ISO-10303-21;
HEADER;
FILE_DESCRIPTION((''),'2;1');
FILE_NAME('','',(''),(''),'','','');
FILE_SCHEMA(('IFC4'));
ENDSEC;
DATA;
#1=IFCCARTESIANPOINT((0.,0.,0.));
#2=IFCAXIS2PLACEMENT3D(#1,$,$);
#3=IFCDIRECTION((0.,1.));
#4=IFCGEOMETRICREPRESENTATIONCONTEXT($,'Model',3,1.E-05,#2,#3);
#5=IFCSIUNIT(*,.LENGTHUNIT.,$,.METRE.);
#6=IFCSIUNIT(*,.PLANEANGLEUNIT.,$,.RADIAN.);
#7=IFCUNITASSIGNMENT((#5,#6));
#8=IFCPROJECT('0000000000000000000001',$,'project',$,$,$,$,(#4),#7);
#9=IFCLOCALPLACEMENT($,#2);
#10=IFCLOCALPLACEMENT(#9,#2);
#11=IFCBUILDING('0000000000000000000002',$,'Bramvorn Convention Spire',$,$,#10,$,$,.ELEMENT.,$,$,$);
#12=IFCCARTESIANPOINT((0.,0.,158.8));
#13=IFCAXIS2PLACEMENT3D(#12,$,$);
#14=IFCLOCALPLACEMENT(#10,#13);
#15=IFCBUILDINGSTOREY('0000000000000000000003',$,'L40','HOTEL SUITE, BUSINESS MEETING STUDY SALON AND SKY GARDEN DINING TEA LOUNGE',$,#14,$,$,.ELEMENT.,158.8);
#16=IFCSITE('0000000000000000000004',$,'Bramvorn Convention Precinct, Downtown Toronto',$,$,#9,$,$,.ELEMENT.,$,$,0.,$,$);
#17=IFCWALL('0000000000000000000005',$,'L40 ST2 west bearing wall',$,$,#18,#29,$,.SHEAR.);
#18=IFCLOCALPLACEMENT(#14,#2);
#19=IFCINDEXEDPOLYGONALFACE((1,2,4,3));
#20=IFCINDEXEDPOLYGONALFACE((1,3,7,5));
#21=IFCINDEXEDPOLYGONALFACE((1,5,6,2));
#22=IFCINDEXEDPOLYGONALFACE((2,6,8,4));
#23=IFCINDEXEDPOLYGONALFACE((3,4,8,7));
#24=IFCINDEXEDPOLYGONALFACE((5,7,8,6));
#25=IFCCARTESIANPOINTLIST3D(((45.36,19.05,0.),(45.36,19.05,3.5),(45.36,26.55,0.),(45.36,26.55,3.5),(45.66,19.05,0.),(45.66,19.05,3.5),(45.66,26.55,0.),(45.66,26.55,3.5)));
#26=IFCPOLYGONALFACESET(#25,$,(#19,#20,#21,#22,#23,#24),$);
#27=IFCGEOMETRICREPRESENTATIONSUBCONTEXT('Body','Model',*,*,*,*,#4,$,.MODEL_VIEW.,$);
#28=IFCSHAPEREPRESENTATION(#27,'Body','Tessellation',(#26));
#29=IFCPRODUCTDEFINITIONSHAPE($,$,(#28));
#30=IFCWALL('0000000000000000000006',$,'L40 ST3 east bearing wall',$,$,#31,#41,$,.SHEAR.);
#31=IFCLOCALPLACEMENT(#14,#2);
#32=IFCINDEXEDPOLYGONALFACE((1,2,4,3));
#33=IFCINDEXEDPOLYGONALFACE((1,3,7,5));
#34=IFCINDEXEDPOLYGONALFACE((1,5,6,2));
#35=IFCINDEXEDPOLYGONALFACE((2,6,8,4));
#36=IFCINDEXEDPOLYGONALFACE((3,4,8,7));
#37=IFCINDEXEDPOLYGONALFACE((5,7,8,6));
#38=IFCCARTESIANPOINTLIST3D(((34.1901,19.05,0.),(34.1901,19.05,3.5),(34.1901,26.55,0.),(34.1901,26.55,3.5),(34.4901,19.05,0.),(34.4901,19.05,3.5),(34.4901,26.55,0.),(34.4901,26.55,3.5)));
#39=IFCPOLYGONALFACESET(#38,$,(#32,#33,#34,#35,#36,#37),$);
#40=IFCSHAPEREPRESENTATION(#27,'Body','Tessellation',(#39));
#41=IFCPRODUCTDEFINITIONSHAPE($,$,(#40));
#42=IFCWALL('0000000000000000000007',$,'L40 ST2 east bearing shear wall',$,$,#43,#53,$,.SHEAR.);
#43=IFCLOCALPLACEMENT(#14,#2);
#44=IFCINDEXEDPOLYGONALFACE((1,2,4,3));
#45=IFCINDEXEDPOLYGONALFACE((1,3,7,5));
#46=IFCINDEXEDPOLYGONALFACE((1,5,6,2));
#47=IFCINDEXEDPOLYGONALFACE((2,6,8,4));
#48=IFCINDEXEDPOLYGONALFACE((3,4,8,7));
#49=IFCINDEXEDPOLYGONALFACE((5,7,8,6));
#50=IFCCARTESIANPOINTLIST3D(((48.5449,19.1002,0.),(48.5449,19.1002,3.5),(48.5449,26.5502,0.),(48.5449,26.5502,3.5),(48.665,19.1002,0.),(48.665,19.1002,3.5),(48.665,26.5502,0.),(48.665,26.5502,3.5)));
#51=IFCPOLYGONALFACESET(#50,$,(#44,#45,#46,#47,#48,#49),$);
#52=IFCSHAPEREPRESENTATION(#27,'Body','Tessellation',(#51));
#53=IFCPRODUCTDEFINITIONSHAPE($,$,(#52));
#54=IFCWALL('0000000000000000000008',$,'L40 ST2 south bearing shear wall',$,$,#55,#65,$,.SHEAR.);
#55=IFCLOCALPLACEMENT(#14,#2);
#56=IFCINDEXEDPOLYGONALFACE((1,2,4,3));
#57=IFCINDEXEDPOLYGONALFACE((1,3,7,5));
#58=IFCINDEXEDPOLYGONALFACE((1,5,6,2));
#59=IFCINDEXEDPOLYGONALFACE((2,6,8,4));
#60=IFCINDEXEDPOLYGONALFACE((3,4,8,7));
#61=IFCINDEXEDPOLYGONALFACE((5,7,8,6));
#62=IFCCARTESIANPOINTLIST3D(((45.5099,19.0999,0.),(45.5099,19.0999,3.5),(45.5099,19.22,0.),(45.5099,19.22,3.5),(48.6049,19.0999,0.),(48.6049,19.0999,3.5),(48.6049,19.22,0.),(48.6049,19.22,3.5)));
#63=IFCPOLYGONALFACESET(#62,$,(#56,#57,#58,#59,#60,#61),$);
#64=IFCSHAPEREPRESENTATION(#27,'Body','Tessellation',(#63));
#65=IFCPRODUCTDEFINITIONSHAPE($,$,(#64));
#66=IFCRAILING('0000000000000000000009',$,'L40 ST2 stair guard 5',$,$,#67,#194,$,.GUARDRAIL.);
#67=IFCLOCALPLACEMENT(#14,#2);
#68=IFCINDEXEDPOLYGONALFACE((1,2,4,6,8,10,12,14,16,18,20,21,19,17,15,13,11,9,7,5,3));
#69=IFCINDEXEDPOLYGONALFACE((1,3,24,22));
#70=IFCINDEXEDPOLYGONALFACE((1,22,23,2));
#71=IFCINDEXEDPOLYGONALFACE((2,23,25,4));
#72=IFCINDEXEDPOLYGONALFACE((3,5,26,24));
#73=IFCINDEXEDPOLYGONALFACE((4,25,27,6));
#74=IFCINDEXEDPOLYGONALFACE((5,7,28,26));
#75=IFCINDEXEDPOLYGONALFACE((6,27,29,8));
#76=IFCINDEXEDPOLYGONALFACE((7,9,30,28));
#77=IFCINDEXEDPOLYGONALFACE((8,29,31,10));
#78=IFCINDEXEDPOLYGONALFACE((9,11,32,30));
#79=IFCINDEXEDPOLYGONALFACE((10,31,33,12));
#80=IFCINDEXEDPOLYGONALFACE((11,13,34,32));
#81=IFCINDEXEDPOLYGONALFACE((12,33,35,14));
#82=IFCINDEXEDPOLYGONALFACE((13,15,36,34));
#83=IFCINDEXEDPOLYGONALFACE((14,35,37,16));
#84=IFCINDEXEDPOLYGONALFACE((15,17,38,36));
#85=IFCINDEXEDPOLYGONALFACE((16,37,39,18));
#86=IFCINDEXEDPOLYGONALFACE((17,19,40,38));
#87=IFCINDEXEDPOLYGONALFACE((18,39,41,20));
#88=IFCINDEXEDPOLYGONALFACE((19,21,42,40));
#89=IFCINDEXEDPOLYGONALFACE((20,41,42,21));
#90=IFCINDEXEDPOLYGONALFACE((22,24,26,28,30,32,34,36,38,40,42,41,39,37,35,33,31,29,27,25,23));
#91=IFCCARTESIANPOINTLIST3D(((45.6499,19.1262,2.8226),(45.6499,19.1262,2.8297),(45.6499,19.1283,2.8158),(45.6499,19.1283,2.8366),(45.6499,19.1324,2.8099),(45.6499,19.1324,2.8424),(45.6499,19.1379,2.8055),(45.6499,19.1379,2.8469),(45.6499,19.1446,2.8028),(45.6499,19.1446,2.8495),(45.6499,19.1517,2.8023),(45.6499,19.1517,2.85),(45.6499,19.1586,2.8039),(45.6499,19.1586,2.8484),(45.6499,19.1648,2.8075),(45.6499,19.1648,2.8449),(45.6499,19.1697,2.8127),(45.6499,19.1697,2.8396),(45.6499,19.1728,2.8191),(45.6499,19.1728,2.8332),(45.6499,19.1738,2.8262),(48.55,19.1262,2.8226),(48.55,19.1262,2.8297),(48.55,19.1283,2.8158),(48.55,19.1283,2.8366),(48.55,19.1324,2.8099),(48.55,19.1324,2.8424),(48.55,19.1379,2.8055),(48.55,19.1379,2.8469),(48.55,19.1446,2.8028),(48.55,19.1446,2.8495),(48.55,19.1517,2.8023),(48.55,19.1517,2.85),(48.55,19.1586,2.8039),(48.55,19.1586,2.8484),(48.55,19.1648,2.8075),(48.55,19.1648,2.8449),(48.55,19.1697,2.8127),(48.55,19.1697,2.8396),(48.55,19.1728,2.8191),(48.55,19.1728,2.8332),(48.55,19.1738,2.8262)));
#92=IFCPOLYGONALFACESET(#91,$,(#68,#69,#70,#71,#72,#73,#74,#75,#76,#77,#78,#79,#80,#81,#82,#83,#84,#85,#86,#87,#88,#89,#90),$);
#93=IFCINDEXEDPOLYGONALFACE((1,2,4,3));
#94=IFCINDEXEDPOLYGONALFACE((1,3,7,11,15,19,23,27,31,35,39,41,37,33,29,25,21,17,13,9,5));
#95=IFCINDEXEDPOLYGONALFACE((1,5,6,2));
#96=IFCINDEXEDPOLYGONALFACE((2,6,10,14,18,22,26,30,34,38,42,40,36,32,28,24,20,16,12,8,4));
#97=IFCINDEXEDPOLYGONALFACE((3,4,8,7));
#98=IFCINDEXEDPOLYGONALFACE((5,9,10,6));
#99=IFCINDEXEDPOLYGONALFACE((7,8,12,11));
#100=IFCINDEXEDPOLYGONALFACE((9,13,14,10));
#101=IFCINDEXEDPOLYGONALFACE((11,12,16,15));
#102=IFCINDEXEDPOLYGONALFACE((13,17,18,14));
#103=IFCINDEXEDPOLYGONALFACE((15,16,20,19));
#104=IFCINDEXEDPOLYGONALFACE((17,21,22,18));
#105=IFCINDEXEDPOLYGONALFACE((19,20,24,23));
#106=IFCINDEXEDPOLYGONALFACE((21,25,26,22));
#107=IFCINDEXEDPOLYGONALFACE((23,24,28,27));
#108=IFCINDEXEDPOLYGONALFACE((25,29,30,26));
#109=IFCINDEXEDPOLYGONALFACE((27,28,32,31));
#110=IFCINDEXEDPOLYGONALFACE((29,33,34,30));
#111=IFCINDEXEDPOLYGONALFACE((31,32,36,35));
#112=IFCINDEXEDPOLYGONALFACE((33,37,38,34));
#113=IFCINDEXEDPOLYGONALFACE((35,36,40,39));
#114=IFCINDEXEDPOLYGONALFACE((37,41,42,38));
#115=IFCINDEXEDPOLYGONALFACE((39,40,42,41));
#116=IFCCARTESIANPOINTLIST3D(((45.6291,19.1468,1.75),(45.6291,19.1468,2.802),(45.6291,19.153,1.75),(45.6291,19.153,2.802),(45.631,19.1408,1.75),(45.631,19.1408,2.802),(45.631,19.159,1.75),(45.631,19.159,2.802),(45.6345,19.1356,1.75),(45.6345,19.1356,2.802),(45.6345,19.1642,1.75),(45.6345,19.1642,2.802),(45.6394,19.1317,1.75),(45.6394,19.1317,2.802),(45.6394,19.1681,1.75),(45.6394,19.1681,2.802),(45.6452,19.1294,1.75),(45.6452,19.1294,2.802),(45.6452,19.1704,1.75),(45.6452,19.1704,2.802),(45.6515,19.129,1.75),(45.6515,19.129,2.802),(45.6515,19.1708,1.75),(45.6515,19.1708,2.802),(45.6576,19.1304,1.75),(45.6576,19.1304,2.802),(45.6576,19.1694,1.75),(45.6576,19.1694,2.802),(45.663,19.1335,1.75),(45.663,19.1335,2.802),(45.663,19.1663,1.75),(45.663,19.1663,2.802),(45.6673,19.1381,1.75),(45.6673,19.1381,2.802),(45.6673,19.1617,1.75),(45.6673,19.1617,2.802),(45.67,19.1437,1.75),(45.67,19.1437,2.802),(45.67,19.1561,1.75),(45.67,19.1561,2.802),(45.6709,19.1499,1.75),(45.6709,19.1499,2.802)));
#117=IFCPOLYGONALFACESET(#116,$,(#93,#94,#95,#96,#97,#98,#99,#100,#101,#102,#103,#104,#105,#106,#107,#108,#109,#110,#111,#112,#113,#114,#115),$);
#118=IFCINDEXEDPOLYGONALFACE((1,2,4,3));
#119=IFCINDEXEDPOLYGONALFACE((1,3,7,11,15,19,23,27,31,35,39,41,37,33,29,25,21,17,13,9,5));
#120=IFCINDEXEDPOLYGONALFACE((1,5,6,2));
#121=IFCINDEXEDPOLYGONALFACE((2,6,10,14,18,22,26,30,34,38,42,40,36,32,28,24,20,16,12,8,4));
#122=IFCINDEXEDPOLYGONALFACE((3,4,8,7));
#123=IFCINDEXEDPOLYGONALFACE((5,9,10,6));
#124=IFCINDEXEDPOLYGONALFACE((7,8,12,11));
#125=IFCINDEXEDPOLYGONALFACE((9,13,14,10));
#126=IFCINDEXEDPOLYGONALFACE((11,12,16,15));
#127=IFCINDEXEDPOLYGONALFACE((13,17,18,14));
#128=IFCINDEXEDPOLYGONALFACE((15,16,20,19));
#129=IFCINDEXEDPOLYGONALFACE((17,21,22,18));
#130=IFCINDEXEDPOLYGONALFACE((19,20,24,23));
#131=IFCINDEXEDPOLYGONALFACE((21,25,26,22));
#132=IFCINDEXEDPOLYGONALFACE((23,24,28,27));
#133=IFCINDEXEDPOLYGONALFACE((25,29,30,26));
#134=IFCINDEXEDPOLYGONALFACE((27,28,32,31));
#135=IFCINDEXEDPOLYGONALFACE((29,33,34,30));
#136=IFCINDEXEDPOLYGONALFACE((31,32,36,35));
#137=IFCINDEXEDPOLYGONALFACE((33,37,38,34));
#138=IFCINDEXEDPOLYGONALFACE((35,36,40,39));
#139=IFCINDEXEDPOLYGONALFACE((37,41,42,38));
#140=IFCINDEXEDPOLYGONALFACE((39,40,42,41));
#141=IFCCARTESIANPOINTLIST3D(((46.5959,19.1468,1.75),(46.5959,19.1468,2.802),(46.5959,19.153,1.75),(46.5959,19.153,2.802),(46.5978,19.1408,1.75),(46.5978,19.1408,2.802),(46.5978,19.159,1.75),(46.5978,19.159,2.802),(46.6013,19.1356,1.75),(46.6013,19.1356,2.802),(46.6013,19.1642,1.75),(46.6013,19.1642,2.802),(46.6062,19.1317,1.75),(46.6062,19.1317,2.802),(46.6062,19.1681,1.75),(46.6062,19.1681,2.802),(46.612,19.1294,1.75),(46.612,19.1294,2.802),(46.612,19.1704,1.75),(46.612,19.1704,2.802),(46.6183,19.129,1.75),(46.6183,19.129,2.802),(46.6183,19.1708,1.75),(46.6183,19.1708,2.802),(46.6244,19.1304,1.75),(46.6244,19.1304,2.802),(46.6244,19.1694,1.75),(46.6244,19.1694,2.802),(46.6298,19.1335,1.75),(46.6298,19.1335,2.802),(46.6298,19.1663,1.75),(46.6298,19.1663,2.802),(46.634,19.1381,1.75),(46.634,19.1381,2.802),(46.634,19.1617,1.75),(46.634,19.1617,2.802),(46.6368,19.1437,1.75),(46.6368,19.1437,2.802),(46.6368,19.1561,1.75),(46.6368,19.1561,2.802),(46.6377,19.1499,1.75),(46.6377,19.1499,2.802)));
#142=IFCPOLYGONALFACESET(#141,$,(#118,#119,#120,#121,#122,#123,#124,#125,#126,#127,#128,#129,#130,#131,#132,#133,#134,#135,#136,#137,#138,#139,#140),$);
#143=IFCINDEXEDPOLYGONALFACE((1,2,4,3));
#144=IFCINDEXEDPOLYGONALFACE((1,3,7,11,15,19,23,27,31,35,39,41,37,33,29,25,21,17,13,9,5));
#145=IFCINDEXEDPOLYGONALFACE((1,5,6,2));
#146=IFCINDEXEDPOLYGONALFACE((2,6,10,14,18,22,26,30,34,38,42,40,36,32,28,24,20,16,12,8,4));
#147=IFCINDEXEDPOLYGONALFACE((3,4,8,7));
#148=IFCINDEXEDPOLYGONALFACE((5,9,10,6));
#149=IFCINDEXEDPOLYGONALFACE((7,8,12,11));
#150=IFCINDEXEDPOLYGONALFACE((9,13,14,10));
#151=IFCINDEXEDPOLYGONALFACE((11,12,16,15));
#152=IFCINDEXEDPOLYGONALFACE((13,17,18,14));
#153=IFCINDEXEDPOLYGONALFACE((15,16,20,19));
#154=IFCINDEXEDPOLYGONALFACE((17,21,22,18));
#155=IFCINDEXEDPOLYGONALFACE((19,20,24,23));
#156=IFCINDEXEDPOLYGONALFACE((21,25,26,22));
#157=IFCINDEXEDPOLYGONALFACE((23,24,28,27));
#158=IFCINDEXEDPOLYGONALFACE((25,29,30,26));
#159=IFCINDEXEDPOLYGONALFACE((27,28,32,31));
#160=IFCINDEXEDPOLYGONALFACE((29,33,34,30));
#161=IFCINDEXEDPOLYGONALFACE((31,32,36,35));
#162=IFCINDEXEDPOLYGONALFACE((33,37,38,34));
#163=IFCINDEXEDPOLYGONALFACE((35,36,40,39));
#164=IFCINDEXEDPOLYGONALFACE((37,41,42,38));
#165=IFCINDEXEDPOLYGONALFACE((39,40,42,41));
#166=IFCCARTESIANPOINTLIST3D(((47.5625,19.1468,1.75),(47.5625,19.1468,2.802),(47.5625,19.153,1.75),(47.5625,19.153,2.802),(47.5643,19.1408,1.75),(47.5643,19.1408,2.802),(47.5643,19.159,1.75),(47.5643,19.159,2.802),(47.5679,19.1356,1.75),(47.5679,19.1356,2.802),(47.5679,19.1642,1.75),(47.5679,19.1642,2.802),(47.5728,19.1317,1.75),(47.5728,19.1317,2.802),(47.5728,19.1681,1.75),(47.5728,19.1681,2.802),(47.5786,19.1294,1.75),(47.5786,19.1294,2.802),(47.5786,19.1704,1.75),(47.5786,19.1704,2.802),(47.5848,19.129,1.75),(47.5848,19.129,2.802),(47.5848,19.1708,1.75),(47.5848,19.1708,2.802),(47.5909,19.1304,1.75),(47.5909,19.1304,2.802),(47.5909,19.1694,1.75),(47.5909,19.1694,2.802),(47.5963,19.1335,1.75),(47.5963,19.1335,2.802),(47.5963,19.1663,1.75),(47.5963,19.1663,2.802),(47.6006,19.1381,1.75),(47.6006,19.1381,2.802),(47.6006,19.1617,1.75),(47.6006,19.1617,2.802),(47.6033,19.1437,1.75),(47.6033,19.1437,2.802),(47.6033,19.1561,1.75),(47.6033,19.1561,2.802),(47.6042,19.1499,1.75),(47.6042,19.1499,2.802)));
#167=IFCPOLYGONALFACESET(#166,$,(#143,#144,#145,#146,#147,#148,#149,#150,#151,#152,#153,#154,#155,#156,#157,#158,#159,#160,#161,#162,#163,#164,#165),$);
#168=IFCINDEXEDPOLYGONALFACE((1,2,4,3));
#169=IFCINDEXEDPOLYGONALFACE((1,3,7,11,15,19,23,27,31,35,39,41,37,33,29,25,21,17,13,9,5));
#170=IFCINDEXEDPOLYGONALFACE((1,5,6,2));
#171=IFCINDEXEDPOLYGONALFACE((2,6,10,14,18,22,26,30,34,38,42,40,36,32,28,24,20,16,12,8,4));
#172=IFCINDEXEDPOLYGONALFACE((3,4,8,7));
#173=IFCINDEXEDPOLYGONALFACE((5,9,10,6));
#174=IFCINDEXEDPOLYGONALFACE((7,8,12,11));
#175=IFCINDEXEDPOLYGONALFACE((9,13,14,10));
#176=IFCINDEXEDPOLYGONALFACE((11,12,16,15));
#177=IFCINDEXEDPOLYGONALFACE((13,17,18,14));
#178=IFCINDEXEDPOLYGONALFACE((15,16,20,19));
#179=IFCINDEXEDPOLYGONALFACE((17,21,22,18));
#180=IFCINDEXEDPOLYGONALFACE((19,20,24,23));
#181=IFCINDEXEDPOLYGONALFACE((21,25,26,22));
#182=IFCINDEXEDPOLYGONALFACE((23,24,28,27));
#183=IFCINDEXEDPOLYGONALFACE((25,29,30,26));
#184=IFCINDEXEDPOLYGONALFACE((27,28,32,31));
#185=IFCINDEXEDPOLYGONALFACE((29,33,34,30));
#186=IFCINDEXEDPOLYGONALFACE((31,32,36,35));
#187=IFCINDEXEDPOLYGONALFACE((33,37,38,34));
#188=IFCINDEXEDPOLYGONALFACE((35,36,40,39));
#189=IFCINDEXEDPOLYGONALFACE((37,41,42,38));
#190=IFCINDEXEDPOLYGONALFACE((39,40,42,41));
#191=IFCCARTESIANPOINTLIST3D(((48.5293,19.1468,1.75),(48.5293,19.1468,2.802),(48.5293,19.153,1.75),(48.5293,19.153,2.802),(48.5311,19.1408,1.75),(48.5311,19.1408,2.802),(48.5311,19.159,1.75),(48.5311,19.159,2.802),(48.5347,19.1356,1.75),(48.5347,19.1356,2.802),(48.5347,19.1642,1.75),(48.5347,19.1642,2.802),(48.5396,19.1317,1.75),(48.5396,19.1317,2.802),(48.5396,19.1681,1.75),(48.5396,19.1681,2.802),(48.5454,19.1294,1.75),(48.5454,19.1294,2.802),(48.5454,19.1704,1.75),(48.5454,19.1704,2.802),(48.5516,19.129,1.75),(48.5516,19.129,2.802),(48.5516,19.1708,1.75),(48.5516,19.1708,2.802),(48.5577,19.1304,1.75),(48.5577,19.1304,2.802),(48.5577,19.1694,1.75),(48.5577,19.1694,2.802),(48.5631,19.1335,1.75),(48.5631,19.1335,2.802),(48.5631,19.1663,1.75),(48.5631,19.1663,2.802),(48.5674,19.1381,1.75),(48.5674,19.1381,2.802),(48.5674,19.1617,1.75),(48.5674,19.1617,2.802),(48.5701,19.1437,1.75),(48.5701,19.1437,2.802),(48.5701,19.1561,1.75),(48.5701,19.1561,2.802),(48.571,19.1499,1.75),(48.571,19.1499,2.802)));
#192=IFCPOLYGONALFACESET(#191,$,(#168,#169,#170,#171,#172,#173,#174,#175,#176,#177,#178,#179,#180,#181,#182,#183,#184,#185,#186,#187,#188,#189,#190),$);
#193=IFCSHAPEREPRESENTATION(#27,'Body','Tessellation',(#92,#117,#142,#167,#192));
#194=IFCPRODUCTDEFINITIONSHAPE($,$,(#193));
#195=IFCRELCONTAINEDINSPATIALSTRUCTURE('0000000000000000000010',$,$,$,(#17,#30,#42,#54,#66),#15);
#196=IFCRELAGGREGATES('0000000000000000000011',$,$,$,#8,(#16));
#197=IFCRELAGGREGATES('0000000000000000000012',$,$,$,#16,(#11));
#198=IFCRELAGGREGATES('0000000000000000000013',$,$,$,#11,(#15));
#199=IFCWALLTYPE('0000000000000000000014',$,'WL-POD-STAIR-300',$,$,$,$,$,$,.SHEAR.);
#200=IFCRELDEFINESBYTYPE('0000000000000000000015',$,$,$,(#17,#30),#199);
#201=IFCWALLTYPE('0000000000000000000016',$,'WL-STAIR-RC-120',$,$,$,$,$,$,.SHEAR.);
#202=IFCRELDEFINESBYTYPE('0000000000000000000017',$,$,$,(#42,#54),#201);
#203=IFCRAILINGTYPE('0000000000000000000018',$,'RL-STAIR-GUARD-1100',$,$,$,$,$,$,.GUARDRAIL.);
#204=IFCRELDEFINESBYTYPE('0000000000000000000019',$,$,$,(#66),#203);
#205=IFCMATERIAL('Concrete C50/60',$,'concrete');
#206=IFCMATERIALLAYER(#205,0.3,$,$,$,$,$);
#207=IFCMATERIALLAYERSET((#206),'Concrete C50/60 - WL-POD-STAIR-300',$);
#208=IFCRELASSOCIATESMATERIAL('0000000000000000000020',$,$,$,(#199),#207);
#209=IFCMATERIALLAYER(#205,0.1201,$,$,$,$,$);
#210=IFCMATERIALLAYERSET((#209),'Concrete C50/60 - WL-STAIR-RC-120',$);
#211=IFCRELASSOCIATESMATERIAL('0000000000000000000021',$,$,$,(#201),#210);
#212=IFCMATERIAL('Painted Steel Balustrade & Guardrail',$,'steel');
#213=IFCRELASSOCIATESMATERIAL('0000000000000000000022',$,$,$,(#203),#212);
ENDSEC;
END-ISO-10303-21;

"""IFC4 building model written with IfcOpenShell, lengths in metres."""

from ifc_helpers import new_model, si_unit, direction, frame, frame_2d, origin, origin_2d, place, context, subcontext, project, spatial, rectangle, circle, extrude, material, layer, layer_set, type_object, element, save


model = new_model("IFC4")

# Units and contexts
model_context = context("Model", 3, precision=1e-05, world=origin(), true_north=direction((0.0, 1.0)))
body_context = subcontext(model_context, "Body", "Model", "MODEL_VIEW")
ifc_project = project(units=[si_unit("LENGTHUNIT", "METRE"), si_unit("PLANEANGLEUNIT", "RADIAN")], contexts=[model_context])

# Site, building, storey
site_placement = place(None, origin())
site = spatial("IfcSite", under=ifc_project, at=site_placement, Name="Bramvorn Convention Precinct, Downtown Toronto", CompositionType="ELEMENT", RefElevation=0.0)
building_placement = place(site_placement, origin())
building = spatial("IfcBuilding", under=site, at=building_placement, Name="Bramvorn Convention Spire", CompositionType="ELEMENT")
storey_placement = place(building_placement, frame((0.0, 0.0, 158.8)))
storey = spatial("IfcBuildingStorey", under=building, at=storey_placement, Name="L40", Description="HOTEL SUITE, BUSINESS MEETING STUDY SALON AND SKY GARDEN DINING TEA LOUNGE", CompositionType="ELEMENT", Elevation=158.8)

# Shared definitions
ifc_material_1 = material(Name="Concrete C50/60", Category="concrete")

# Walls
ifc_layer_1 = layer(ifc_material_1, 0.3)
ifc_layer_set_1 = layer_set([ifc_layer_1], Name="Concrete C50/60 - WL-POD-STAIR-300")
wall_type_1 = type_object("IfcWallType", Name="WL-POD-STAIR-300", PredefinedType="SHEAR", material=ifc_layer_set_1)
for number, where, z_axis, x_axis, name in (
    (1, (45.51, 19.05, 0.0), (0.0, 0.0, 1.0), (0.0, 1.0, 0.0), "L40 ST2 west bearing wall"),
    (2, (34.3401, 19.05, 0.0), (0.0, 0.0, 1.0), (0.0, 1.0, 0.0), "L40 ST3 east bearing wall"),
):
    element("IfcWall", number, at=place(storey_placement, frame(where, z_axis=z_axis, x_axis=x_axis)), inside=storey, type_object=wall_type_1, Name=name, PredefinedType="SHEAR", context=body_context, shape_type="SweptSolid", body=[
        extrude(rectangle(XDim=7.5, YDim=0.3, at=frame_2d((3.75, 0.0))), origin(), (0.0, 0.0, 1.0), 3.5),
    ])
ifc_layer_2 = layer(ifc_material_1, 0.1201)
ifc_layer_set_2 = layer_set([ifc_layer_2], Name="Concrete C50/60 - WL-STAIR-RC-120")
wall_type_2 = type_object("IfcWallType", Name="WL-STAIR-RC-120", PredefinedType="SHEAR", material=ifc_layer_set_2)
wall_1_placement = place(storey_placement, frame((48.605, 19.1001, 0.0), z_axis=(0.0, 0.0, 1.0), x_axis=(0.0, 1.0, 0.0)))
element("IfcWall", 3, at=wall_1_placement, inside=storey, type_object=wall_type_2, Name="L40 ST2 east bearing shear wall", PredefinedType="SHEAR", context=body_context, shape_type="SweptSolid", body=[
    extrude(rectangle(XDim=7.45, YDim=0.1201, at=frame_2d((3.7251, 0.0))), origin(), (0.0, 0.0, 1.0), 3.5),
])
wall_2_placement = place(storey_placement, frame((45.51, 19.1599, 0.0), z_axis=(0.0, 0.0, 1.0), x_axis=(1.0, 0.0, 0.0)))
element("IfcWall", 4, at=wall_2_placement, inside=storey, type_object=wall_type_2, Name="L40 ST2 south bearing shear wall", PredefinedType="SHEAR", context=body_context, shape_type="SweptSolid", body=[
    extrude(rectangle(XDim=3.095, YDim=0.1201, at=frame_2d((1.5474, 0.0))), origin(), (0.0, 0.0, 1.0), 3.5),
])

# Railing
ifc_material_2 = material(Name="Painted Steel Balustrade & Guardrail", Category="steel")
railing_type = type_object("IfcRailingType", Name="RL-STAIR-GUARD-1100", PredefinedType="GUARDRAIL", material=ifc_material_2)
railing_1_placement = place(storey_placement, frame((45.6499, 19.1499, 1.75)))
element("IfcRailing", 5, at=railing_1_placement, inside=storey, type_object=railing_type, Name="L40 ST2 stair guard 5", PredefinedType="GUARDRAIL", context=body_context, shape_type="SweptSolid", body=[
    extrude(circle(Radius=0.0239, at=origin_2d()), frame((0.0, 0.0, 1.0762), z_axis=(1.0, 0.0, 0.0), x_axis=(0.0, 1.0, 0.0)), (0.0, 0.0, 1.0), 2.9001),
    extrude(circle(Radius=0.021, at=origin_2d()), origin(), (0.0, 0.0, 1.0), 1.052),
    extrude(circle(Radius=0.021, at=origin_2d()), frame((0.9668, 0.0, 0.0)), (0.0, 0.0, 1.0), 1.052),
    extrude(circle(Radius=0.021, at=origin_2d()), frame((1.9333, 0.0, 0.0)), (0.0, 0.0, 1.0), 1.052),
    extrude(circle(Radius=0.021, at=origin_2d()), frame((2.9001, 0.0, 0.0)), (0.0, 0.0, 1.0), 1.052),
])

save(model, "model.ifc")
